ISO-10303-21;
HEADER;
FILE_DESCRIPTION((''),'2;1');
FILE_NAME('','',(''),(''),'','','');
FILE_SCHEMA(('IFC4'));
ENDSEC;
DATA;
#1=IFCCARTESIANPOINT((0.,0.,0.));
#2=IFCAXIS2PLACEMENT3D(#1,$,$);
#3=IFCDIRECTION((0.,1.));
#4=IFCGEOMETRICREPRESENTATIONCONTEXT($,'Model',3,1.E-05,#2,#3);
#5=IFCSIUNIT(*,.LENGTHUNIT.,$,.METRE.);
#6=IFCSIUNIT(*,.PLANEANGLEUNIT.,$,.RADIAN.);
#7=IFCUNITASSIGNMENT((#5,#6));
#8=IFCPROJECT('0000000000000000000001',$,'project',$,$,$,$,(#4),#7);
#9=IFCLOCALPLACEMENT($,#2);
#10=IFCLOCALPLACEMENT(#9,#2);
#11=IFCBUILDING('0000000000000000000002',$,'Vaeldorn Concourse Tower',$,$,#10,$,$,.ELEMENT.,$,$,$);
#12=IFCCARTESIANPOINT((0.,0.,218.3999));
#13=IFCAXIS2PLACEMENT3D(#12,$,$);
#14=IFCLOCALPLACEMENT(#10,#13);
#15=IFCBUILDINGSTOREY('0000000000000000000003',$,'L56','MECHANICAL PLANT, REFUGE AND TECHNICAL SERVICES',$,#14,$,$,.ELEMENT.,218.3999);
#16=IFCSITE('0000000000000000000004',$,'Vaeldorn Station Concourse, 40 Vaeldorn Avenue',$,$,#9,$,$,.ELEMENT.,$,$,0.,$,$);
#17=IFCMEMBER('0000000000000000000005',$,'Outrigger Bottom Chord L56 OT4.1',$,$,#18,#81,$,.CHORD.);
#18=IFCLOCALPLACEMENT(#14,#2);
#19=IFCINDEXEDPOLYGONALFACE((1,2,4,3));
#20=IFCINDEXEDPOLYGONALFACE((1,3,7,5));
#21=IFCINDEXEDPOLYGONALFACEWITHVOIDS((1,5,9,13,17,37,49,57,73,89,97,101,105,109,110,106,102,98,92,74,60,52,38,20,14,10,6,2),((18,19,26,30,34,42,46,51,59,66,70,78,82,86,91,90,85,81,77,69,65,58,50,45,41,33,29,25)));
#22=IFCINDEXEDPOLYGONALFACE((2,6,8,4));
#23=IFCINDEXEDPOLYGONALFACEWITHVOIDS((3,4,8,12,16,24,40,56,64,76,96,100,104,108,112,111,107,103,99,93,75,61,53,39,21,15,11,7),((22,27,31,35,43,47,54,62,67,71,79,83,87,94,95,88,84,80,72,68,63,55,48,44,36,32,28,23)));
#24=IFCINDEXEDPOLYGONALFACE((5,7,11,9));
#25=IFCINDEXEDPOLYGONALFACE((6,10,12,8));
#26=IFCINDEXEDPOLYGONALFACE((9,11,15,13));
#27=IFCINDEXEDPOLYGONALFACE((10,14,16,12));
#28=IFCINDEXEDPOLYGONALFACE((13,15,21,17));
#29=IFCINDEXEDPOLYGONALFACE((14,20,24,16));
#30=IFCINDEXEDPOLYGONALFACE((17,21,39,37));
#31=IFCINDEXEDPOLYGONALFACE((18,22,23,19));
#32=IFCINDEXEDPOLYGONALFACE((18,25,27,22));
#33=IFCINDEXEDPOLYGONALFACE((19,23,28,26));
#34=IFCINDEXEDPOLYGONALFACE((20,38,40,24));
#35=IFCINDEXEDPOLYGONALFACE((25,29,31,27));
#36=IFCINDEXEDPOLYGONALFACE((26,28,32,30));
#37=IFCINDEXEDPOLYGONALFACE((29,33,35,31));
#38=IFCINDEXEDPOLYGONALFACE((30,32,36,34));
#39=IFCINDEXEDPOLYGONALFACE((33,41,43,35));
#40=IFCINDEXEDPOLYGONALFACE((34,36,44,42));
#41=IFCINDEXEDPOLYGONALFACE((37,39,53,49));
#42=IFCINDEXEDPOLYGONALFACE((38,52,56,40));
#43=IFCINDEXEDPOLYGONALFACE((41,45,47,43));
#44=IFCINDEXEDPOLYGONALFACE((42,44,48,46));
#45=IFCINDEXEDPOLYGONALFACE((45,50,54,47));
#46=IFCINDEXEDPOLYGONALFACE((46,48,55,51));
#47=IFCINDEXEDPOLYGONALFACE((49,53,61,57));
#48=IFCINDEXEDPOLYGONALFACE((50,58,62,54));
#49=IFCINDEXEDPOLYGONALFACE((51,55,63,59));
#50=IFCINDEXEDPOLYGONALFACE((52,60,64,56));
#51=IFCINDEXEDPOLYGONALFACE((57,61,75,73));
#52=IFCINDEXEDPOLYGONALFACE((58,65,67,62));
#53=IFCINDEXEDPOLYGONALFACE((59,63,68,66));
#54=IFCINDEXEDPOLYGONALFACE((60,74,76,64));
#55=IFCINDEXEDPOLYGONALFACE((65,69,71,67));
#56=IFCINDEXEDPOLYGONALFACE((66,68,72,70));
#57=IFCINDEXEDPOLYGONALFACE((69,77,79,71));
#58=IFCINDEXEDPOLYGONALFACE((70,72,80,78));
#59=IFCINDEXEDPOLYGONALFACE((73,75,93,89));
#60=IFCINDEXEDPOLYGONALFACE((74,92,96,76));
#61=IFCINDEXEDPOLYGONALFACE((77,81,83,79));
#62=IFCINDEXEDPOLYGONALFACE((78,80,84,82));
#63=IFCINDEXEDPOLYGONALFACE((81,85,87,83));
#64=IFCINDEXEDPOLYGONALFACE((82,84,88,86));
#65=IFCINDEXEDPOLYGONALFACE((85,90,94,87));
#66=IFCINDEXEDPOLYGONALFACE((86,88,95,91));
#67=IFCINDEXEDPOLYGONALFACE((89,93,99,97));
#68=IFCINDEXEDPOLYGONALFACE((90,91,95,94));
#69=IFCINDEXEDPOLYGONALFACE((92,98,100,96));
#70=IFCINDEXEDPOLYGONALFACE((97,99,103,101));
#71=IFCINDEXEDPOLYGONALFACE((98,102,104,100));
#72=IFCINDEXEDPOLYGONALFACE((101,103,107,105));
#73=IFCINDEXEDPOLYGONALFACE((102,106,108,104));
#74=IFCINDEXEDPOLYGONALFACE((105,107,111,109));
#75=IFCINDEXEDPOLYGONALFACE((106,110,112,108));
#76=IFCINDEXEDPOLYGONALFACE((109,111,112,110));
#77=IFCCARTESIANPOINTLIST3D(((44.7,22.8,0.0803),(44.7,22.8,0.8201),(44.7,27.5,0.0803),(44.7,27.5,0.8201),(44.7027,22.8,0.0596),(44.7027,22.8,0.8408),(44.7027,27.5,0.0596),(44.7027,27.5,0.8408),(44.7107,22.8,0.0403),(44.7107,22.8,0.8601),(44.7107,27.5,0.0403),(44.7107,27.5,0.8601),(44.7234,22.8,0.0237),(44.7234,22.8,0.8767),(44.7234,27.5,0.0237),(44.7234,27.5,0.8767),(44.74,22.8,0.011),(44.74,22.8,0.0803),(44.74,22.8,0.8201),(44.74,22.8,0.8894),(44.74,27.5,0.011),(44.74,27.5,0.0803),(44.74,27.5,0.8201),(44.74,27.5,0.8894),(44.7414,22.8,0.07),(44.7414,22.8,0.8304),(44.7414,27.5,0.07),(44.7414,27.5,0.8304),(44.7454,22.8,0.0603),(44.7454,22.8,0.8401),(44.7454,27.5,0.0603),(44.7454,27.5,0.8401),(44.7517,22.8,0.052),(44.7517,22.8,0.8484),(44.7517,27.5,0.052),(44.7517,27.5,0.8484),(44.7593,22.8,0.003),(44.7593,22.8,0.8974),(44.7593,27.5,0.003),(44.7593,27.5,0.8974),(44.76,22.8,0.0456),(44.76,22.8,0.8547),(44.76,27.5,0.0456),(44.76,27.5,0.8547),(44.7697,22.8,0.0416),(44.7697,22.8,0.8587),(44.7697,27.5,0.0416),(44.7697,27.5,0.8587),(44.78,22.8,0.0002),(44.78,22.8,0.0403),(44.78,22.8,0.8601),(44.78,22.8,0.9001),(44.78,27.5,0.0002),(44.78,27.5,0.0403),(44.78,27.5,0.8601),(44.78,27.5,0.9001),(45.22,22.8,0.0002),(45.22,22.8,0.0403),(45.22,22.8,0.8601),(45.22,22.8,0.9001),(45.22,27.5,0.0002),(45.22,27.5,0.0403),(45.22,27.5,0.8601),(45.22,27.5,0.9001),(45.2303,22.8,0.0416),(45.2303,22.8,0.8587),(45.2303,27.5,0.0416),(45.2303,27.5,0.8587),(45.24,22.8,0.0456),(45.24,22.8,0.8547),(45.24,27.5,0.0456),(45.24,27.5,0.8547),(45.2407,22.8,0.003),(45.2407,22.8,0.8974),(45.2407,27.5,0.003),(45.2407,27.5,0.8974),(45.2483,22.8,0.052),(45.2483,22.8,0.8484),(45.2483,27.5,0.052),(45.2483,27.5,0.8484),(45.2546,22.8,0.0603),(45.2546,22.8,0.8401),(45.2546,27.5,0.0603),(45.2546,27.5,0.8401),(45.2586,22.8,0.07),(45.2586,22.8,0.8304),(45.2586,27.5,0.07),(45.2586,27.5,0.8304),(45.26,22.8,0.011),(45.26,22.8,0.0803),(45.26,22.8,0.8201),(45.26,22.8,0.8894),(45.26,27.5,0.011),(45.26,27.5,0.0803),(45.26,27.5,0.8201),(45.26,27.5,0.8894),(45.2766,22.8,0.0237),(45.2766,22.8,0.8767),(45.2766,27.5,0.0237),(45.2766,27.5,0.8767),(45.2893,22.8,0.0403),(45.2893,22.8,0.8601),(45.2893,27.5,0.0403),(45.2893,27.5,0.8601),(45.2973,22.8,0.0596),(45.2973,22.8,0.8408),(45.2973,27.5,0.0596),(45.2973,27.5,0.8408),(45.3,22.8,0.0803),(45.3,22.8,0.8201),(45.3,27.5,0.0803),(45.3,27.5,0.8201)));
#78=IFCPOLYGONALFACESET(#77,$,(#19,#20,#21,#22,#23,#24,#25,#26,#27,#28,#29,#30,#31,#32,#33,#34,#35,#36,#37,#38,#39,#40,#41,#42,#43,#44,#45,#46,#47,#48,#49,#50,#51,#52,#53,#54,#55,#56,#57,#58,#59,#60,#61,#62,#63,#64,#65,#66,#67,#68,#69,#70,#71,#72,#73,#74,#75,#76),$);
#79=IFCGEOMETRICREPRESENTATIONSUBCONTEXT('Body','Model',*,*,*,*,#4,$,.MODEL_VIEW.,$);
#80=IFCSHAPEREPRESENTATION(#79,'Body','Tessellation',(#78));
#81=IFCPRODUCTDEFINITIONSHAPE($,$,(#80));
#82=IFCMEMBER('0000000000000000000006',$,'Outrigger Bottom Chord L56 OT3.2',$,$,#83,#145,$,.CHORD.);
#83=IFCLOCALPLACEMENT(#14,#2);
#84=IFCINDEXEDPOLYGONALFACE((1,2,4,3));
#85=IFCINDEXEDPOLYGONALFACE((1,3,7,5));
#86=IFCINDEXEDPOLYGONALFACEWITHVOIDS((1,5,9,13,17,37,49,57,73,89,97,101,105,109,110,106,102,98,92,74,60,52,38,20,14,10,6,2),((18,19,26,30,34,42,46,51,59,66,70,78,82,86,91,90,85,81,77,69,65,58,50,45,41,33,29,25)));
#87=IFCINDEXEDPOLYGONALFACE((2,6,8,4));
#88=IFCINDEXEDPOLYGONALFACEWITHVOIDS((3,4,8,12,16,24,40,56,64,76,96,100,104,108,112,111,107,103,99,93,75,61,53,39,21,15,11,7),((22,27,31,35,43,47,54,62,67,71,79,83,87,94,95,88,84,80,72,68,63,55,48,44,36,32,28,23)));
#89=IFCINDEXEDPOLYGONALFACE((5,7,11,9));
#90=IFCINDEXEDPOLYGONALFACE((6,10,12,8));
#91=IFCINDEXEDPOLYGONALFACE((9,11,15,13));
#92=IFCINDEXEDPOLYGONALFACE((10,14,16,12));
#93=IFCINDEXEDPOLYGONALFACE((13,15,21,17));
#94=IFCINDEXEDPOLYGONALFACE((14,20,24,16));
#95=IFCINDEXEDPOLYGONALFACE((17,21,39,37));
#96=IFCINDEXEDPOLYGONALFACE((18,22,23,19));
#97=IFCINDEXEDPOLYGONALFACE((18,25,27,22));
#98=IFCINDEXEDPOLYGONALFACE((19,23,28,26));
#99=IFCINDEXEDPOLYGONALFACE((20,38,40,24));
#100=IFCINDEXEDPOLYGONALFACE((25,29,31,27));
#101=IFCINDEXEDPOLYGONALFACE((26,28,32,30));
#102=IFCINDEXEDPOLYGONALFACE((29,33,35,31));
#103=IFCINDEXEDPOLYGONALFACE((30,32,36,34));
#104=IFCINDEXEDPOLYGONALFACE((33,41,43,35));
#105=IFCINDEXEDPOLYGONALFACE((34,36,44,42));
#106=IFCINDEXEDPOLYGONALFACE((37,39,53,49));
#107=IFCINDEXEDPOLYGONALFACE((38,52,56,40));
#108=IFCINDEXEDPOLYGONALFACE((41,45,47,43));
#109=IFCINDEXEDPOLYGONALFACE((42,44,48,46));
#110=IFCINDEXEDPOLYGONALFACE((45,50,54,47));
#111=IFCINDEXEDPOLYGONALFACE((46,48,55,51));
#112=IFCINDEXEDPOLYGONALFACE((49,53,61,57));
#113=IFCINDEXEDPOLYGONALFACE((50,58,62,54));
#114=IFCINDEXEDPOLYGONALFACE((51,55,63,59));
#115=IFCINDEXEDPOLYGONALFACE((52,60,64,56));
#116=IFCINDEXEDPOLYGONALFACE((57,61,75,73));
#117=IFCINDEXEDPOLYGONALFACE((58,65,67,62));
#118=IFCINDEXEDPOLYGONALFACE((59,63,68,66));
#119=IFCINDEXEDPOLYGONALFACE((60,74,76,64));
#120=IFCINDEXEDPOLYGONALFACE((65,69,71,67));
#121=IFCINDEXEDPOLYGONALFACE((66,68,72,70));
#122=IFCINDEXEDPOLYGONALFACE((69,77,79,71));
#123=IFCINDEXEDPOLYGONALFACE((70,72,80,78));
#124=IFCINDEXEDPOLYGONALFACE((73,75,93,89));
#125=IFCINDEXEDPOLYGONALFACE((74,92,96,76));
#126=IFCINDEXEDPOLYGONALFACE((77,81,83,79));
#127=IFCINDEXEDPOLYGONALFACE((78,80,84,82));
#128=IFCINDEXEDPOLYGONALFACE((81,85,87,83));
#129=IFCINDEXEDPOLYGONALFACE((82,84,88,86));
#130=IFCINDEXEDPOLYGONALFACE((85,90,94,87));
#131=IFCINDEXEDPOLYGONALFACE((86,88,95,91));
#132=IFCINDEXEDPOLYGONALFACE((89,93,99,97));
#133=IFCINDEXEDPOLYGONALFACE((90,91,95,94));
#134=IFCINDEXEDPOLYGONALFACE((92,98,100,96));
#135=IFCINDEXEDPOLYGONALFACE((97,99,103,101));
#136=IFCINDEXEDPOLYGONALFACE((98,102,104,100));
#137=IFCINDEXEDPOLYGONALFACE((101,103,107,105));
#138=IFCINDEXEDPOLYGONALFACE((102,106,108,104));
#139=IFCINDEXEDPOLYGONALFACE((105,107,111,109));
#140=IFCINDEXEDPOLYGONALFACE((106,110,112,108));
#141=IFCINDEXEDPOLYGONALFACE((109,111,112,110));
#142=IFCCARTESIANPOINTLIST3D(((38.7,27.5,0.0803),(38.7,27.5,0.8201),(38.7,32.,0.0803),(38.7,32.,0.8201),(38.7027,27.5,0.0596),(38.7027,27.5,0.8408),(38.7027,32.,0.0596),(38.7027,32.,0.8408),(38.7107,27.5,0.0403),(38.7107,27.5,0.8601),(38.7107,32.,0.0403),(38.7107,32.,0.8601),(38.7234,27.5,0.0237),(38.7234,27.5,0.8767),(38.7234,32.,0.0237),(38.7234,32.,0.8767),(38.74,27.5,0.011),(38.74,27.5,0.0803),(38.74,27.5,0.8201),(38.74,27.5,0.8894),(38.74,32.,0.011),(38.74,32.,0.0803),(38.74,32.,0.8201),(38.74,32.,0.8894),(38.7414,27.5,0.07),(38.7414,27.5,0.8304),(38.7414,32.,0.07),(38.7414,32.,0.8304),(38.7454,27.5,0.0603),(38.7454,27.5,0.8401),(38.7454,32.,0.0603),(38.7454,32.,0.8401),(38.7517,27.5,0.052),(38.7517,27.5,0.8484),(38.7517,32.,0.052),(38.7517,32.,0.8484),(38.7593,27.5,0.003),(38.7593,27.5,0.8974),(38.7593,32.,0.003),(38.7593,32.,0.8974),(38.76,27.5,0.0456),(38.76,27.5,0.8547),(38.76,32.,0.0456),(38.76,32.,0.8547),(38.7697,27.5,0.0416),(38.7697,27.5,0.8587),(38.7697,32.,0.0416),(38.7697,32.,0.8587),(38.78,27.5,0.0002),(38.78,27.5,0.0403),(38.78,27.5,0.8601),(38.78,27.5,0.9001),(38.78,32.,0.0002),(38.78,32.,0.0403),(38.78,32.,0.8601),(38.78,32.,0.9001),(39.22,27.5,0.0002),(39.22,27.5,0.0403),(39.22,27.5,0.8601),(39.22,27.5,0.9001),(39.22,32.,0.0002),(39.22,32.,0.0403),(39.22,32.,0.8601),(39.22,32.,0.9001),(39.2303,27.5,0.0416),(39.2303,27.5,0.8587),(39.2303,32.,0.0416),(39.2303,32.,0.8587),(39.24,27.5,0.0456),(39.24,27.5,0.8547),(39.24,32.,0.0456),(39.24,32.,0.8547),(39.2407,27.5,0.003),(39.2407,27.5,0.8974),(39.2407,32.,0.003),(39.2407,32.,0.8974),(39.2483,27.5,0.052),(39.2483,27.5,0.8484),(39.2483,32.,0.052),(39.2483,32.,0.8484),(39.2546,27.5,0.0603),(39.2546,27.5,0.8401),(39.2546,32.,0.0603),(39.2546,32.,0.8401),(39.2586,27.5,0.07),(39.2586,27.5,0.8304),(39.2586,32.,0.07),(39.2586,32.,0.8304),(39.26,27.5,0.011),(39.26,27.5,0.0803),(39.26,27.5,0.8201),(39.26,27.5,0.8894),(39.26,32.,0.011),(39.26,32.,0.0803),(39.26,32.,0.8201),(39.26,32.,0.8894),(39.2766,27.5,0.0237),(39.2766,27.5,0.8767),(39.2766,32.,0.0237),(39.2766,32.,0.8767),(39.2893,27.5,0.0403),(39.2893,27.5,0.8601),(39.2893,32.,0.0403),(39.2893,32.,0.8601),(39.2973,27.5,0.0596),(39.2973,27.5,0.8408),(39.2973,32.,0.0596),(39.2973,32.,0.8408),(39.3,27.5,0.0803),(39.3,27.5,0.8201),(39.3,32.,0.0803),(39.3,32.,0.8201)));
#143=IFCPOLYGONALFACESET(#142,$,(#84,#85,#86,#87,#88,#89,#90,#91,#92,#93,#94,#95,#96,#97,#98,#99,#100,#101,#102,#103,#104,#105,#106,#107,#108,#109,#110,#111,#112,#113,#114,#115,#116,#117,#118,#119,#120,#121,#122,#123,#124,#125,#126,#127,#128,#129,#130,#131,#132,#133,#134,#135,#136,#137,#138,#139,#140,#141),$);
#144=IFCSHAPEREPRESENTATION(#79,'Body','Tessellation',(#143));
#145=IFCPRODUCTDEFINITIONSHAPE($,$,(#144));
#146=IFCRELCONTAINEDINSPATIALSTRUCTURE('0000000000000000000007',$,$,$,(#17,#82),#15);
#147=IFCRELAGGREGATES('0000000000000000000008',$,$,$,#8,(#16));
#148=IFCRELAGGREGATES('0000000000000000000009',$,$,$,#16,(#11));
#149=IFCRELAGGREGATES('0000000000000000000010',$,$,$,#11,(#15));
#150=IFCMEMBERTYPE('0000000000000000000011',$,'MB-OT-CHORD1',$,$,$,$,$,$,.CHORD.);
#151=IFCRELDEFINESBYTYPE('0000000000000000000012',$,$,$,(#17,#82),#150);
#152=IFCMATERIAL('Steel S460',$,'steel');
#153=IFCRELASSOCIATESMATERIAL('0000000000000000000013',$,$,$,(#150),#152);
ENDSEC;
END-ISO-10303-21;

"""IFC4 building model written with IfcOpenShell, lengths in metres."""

from ifc_helpers import new_model, si_unit, direction, frame, origin, origin_2d, place, context, subcontext, project, spatial, hollow_rectangle, extrude, source, transform, mapped, material, material_profile, profile_set, type_object, element, save


model = new_model("IFC4")

# Units and contexts
model_context = context("Model", 3, precision=1e-05, world=origin(), true_north=direction((0.0, 1.0)))
body_context = subcontext(model_context, "Body", "Model", "MODEL_VIEW")
ifc_project = project(units=[si_unit("LENGTHUNIT", "METRE"), si_unit("PLANEANGLEUNIT", "RADIAN")], contexts=[model_context])

# Site, building, storey
site_placement = place(None, origin())
site = spatial("IfcSite", under=ifc_project, at=site_placement, Name="Vaeldorn Station Concourse, 40 Vaeldorn Avenue", CompositionType="ELEMENT", RefElevation=0.0)
building_placement = place(site_placement, origin())
building = spatial("IfcBuilding", under=site, at=building_placement, Name="Vaeldorn Concourse Tower", CompositionType="ELEMENT")
storey_placement = place(building_placement, frame((0.0, 0.0, 218.3999)))
storey = spatial("IfcBuildingStorey", under=building, at=storey_placement, Name="L56", Description="MECHANICAL PLANT, REFUGE AND TECHNICAL SERVICES", CompositionType="ELEMENT", Elevation=218.3999)

# Shared definitions
ifc_material_1 = material(Name="Steel S460", Category="steel")

# Members
ifc_material_profile_1 = material_profile(ifc_material_1, hollow_rectangle(XDim=0.6001, YDim=0.8999, WallThickness=0.04, InnerFilletRadius=0.04, OuterFilletRadius=0.0801, at=origin_2d()), Name="RHS 900x600x40")
ifc_profile_set_1 = profile_set([ifc_material_profile_1], Name="Steel S460")
member_type_1 = type_object("IfcMemberType", Name="MB-OT-CHORD1", PredefinedType="CHORD", material=ifc_profile_set_1)
shared_shape_1 = source(origin(), body_context, "Body", "SweptSolid", [
    extrude(hollow_rectangle(XDim=0.6001, YDim=0.8999, WallThickness=0.04, InnerFilletRadius=0.04, OuterFilletRadius=0.0801, at=origin_2d()), origin(), (0.0, 0.0, 1.0), 4.7),
])
member_1_placement = place(storey_placement, frame((45.0, 27.5, 0.4502), z_axis=(0.0, -1.0, 0.0), x_axis=(1.0, 0.0, 0.0)))
element("IfcMember", 1, at=member_1_placement, inside=storey, type_object=member_type_1, Name="Outrigger Bottom Chord L56 OT4.1", PredefinedType="CHORD", context=body_context, shape_type="MappedRepresentation", body=[
    mapped(shared_shape_1, transform((0.0, 0.0, 0.0), scale=1.0)),
])
shared_shape_2 = source(origin(), body_context, "Body", "SweptSolid", [
    extrude(hollow_rectangle(XDim=0.6001, YDim=0.8999, WallThickness=0.04, InnerFilletRadius=0.04, OuterFilletRadius=0.0801, at=origin_2d()), origin(), (0.0, 0.0, 1.0), 4.5),
])
member_2_placement = place(storey_placement, frame((39.0, 32.0, 0.4502), z_axis=(0.0, -1.0, 0.0), x_axis=(1.0, 0.0, 0.0)))
element("IfcMember", 2, at=member_2_placement, inside=storey, type_object=member_type_1, Name="Outrigger Bottom Chord L56 OT3.2", PredefinedType="CHORD", context=body_context, shape_type="MappedRepresentation", body=[
    mapped(shared_shape_2, transform((0.0, 0.0, 0.0), scale=1.0)),
])

save(model, "model.ifc")
